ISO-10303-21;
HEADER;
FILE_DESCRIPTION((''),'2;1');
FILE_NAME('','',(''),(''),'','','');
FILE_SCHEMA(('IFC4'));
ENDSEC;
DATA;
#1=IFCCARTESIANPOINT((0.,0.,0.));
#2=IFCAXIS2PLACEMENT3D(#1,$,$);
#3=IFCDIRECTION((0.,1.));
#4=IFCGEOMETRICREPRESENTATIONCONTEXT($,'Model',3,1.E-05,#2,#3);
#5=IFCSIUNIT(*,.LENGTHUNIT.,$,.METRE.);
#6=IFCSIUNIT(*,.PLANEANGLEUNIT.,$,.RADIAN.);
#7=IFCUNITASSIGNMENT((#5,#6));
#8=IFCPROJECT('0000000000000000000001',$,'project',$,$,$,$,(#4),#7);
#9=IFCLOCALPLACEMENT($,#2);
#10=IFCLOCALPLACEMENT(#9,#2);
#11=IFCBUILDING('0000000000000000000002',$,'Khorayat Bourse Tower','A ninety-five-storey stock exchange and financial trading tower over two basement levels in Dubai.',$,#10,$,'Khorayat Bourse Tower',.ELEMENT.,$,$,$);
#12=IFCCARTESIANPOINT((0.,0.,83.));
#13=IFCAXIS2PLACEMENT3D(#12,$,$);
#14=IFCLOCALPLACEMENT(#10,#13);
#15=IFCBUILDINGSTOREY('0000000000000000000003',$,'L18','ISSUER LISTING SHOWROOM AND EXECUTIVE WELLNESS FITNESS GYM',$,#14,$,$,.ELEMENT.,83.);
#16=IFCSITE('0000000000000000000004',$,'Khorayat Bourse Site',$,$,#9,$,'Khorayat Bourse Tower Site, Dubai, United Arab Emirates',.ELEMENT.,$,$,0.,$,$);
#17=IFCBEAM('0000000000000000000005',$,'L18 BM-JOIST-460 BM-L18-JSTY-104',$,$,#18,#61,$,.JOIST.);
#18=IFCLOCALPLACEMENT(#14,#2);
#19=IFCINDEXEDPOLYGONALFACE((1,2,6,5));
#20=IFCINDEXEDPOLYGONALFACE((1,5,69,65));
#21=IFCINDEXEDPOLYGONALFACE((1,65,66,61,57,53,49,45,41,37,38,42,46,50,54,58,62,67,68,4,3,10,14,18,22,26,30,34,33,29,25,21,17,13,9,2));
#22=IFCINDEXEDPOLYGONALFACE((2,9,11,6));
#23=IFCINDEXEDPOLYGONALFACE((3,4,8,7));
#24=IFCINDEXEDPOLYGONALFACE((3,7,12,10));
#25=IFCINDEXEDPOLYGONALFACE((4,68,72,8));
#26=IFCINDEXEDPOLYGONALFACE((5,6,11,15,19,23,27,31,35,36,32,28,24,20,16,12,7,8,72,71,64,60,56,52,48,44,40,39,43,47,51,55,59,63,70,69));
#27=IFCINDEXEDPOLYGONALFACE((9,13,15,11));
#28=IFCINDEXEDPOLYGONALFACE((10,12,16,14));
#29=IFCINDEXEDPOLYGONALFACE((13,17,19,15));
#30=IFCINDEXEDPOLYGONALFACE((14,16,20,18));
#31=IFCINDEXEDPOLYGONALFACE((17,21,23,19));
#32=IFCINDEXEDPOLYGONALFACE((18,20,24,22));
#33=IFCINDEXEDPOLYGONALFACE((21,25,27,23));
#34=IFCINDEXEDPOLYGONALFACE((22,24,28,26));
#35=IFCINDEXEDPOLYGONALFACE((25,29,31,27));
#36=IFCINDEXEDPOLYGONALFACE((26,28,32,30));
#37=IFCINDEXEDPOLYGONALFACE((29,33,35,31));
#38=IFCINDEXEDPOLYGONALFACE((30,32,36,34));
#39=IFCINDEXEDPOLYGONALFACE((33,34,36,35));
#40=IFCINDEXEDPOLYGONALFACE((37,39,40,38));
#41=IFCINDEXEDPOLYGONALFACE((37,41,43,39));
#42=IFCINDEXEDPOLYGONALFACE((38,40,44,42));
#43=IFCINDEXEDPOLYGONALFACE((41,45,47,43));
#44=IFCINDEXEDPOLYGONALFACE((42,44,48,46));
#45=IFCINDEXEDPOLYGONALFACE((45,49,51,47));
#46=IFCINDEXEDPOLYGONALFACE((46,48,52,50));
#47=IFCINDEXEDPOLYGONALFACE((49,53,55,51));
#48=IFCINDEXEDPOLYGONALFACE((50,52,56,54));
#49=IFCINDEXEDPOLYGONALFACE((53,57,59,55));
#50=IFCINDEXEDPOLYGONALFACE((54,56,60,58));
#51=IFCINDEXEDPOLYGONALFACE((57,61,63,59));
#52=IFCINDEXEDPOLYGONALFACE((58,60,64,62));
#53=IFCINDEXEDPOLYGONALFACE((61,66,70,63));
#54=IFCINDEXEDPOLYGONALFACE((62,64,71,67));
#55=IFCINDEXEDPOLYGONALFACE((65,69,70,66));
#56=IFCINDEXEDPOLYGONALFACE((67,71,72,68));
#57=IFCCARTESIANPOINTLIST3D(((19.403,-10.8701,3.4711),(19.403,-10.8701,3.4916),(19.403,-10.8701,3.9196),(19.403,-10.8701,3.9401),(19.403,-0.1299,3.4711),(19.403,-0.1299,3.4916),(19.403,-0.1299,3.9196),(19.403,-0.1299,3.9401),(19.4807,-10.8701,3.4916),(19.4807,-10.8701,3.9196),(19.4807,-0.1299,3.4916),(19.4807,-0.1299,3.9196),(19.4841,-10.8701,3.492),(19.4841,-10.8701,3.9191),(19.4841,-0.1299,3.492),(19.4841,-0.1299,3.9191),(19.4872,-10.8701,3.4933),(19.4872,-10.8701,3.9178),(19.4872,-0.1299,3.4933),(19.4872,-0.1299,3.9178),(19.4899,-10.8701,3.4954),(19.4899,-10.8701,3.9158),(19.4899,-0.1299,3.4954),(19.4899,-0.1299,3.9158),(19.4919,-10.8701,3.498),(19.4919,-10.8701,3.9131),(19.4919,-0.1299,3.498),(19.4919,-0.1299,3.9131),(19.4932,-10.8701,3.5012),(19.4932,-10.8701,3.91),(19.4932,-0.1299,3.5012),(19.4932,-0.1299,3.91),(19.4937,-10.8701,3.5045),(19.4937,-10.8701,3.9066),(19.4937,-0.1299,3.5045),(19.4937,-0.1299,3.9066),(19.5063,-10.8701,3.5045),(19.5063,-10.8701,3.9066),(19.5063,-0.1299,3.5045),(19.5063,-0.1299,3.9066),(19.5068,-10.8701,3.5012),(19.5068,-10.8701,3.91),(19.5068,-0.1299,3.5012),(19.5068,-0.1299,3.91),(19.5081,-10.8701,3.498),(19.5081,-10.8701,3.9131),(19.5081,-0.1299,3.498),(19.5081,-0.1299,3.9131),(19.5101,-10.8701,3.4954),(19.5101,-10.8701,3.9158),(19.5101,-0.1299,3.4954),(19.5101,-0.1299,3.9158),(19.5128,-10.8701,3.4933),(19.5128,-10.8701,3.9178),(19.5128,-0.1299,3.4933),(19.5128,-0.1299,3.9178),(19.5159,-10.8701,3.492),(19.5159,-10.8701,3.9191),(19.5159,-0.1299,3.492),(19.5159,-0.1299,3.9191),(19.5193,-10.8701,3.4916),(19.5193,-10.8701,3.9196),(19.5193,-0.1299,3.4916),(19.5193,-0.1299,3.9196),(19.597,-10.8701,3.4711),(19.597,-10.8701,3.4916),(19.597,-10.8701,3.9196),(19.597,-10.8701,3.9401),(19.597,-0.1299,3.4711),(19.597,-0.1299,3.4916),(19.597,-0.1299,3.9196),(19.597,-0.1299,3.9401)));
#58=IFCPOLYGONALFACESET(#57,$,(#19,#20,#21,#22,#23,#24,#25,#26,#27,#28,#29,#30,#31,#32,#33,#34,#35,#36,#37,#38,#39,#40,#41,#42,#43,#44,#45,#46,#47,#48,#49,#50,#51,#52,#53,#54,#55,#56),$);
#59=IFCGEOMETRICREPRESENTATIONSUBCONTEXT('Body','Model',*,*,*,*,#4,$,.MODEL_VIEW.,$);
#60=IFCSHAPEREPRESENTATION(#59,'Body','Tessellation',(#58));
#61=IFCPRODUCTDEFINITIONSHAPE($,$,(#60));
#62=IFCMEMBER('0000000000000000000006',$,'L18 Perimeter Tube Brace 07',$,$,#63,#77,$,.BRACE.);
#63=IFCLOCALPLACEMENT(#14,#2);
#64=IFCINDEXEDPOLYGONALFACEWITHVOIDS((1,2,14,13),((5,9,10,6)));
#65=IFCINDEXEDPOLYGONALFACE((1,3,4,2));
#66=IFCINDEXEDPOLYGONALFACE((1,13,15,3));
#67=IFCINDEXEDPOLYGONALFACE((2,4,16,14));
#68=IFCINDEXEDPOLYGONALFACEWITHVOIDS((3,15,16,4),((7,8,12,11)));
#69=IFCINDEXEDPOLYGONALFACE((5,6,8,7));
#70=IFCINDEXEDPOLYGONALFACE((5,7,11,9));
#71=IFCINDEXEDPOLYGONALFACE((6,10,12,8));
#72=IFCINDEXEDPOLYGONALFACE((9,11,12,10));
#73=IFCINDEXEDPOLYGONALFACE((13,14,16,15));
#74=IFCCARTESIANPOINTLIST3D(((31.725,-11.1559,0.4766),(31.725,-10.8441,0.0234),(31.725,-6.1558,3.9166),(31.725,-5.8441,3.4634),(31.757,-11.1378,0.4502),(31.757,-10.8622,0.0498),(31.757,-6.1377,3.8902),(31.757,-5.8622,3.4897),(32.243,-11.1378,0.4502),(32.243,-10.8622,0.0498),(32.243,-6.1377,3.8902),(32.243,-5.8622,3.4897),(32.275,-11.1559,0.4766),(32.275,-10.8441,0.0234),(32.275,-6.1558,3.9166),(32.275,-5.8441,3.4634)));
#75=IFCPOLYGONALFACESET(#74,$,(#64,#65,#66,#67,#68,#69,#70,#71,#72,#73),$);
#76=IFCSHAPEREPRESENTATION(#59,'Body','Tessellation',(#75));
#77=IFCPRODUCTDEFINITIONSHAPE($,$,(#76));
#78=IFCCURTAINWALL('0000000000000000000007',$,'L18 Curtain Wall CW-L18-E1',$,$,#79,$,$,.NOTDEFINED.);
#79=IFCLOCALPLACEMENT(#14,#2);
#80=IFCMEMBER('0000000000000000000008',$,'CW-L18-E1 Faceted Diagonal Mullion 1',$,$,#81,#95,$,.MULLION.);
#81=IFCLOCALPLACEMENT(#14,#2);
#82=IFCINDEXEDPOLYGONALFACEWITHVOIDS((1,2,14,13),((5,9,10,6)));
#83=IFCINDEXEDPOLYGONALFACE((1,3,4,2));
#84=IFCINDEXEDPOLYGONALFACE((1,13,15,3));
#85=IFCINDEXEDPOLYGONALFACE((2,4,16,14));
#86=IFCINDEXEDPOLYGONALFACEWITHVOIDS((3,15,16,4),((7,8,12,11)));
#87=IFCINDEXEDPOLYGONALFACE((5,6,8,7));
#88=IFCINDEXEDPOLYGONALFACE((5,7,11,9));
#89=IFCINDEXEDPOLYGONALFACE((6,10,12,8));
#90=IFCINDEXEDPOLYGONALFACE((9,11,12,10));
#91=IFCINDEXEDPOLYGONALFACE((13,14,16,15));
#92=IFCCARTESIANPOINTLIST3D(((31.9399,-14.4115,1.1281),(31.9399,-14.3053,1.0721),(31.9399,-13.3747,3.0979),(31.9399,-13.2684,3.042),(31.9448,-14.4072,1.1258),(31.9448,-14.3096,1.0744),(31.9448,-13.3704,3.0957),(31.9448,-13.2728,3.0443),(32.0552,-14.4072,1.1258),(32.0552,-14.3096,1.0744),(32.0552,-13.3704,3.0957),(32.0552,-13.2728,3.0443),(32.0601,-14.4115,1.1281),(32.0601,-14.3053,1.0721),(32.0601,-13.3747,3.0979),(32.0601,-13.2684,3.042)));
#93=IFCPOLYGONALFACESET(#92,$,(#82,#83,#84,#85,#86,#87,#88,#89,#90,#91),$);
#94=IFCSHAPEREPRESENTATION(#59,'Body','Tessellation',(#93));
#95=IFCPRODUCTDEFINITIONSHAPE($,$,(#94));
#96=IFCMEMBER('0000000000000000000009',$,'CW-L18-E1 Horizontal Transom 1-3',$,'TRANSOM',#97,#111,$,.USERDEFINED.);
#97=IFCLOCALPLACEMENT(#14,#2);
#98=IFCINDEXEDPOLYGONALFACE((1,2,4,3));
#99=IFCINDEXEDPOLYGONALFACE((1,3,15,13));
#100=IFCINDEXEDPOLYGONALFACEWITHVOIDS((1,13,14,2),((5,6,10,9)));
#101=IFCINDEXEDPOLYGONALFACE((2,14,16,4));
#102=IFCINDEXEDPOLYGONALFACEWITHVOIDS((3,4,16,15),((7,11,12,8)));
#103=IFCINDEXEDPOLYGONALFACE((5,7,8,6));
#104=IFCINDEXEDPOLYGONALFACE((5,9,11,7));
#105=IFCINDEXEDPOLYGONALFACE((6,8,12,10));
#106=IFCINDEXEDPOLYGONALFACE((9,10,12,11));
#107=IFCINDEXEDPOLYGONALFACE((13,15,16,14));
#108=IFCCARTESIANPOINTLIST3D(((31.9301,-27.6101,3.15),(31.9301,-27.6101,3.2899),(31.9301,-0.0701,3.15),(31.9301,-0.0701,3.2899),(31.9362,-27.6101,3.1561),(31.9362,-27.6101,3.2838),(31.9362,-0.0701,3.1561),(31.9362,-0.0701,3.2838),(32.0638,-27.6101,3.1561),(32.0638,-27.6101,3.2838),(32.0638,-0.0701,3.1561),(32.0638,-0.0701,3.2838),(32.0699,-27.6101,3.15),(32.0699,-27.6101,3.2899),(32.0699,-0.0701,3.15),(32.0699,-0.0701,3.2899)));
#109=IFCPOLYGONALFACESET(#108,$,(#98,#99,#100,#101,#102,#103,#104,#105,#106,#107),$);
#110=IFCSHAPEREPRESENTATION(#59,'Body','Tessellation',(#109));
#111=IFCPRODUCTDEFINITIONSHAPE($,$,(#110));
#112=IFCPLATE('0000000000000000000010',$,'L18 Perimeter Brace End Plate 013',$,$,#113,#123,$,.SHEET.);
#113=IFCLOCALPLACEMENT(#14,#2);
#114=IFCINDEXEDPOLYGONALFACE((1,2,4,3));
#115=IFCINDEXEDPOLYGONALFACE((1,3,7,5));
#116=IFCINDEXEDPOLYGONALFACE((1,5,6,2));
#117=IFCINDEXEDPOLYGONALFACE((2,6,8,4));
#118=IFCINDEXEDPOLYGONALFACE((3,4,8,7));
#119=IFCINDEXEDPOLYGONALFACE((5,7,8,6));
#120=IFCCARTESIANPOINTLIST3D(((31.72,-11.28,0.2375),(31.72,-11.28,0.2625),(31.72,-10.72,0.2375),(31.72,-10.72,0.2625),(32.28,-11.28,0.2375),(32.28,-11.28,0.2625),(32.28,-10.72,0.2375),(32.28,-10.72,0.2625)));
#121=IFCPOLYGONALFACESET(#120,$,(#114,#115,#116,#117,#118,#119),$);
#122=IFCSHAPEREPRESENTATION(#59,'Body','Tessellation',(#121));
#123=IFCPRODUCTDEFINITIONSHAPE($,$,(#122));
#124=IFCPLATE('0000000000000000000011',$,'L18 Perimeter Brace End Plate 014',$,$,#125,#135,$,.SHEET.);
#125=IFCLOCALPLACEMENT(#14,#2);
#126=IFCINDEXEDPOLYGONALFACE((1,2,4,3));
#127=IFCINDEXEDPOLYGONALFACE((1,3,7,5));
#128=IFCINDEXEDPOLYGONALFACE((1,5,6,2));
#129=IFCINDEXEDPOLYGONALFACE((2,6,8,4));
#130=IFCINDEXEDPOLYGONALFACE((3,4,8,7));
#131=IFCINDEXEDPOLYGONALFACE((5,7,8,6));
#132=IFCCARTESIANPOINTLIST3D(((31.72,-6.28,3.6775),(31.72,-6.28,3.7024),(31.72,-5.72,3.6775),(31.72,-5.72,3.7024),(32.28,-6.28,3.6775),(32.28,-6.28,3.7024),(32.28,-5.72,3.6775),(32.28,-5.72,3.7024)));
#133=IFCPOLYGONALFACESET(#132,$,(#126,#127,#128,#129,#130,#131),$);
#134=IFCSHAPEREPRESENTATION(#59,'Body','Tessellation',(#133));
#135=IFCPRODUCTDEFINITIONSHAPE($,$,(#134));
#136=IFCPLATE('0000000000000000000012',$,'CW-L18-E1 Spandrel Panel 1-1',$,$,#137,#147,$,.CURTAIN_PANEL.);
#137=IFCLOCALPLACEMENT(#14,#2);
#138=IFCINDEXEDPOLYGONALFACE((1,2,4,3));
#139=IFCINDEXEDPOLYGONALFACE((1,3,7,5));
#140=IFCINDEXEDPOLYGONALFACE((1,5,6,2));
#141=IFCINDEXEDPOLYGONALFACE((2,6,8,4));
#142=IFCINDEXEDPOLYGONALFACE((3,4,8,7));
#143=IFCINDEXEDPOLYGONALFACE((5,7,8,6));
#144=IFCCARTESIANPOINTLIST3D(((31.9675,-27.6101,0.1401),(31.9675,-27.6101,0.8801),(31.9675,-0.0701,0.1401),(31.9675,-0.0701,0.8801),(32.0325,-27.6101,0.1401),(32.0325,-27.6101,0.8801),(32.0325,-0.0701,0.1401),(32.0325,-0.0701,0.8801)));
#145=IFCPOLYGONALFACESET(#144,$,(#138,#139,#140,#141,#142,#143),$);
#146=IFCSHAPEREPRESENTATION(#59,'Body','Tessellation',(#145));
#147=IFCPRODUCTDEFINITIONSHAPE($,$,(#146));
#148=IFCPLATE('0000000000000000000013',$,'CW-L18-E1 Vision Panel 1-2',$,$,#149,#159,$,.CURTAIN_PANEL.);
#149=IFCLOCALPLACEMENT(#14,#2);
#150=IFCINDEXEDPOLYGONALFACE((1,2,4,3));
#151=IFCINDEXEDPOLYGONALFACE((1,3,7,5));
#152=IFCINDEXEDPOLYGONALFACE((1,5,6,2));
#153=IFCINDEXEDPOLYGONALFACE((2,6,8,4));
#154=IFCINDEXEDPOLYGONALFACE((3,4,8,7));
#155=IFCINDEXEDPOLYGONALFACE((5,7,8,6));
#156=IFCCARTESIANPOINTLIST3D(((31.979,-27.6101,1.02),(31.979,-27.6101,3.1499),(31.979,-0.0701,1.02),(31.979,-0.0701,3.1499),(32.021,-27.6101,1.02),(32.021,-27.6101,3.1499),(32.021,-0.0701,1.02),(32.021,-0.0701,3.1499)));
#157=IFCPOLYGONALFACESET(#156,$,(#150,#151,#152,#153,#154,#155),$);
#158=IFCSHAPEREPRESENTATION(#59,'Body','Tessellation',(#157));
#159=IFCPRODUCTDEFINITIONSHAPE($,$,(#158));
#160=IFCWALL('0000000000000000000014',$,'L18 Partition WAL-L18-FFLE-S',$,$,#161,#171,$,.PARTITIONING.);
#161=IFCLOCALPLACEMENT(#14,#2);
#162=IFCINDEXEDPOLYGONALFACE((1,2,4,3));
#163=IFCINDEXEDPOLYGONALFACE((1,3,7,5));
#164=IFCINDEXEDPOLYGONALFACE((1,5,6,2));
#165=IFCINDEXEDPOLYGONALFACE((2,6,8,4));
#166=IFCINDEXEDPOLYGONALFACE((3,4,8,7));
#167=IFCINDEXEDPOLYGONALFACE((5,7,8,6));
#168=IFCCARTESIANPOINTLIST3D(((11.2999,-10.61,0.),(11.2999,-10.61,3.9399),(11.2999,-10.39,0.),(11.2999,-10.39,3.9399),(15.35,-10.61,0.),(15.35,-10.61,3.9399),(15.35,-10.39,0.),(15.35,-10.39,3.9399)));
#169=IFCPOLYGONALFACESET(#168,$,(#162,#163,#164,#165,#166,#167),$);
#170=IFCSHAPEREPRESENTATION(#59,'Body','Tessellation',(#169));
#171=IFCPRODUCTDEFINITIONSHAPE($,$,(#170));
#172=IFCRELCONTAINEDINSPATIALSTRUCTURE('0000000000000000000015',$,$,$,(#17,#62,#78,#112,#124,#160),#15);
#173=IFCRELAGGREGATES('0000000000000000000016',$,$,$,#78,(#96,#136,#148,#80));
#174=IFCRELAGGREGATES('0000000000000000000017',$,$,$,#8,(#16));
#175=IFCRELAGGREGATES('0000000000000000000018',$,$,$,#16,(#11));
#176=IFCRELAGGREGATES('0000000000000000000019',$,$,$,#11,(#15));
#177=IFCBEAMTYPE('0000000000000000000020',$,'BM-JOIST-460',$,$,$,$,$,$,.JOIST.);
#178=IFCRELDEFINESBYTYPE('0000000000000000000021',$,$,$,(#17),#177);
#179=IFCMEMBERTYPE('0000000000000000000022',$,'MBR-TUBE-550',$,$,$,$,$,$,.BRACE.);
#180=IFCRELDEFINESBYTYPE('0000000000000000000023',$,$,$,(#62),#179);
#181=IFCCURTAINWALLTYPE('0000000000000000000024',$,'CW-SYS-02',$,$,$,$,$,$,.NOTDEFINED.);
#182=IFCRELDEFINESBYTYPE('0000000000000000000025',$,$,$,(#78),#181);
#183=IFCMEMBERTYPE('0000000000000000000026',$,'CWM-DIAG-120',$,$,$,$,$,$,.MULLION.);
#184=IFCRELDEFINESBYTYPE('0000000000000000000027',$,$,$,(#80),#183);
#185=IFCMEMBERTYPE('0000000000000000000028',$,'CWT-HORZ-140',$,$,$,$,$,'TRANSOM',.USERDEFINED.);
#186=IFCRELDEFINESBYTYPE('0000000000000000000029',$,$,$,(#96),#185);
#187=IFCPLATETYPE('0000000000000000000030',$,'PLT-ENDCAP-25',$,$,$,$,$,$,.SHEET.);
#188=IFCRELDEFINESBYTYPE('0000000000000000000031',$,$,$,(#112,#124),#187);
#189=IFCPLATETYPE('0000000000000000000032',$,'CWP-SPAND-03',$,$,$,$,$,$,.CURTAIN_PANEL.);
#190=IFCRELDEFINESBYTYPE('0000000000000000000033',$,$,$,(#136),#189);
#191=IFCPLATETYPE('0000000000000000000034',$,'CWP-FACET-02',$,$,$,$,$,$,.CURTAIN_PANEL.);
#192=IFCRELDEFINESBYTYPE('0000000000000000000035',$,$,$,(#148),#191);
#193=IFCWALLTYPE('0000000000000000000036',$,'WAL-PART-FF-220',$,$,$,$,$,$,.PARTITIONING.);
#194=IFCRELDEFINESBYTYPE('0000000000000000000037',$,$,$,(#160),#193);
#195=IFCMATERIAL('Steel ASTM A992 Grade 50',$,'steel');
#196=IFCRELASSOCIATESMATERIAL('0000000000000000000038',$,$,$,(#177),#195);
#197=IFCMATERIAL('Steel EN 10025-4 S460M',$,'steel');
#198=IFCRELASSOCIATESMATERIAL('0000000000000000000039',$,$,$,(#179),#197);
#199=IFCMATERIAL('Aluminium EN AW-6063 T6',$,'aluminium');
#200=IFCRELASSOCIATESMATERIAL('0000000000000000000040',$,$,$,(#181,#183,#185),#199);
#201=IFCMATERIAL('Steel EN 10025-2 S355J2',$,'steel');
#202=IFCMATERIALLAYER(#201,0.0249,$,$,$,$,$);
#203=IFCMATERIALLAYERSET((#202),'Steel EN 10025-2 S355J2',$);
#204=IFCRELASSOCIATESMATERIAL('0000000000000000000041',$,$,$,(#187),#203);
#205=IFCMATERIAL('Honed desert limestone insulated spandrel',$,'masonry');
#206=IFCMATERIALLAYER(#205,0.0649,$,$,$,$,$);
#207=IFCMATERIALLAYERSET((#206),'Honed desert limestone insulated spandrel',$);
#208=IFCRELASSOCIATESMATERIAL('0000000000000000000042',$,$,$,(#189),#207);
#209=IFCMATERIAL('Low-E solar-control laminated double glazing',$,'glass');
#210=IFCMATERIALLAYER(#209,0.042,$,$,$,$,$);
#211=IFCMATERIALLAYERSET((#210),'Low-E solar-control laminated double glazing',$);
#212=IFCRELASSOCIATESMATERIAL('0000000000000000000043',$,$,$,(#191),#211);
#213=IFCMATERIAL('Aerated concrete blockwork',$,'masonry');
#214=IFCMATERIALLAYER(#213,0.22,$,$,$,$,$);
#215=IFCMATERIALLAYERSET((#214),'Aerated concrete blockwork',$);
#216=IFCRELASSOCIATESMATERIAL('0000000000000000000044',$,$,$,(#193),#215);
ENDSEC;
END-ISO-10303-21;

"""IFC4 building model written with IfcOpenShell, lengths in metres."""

from ifc_helpers import new_model, si_unit, direction, frame, frame_2d, origin, origin_2d, place, context, subcontext, project, spatial, rectangle, hollow_rectangle, i_section, extrude, source, transform, mapped, material, layer, layer_set, material_profile, profile_set, type_object, element, aggregate, save


model = new_model("IFC4")

# Units and contexts
model_context = context("Model", 3, precision=1e-05, world=origin(), true_north=direction((0.0, 1.0)))
body_context = subcontext(model_context, "Body", "Model", "MODEL_VIEW")
ifc_project = project(units=[si_unit("LENGTHUNIT", "METRE"), si_unit("PLANEANGLEUNIT", "RADIAN")], contexts=[model_context])

# Site, building, storey
site_placement = place(None, origin())
site = spatial("IfcSite", under=ifc_project, at=site_placement, Name="Khorayat Bourse Site", LongName="Khorayat Bourse Tower Site, Dubai, United Arab Emirates", CompositionType="ELEMENT", RefElevation=0.0)
building_placement = place(site_placement, origin())
building = spatial("IfcBuilding", under=site, at=building_placement, Name="Khorayat Bourse Tower", Description="A ninety-five-storey stock exchange and financial trading tower over two basement levels in Dubai.", LongName="Khorayat Bourse Tower", CompositionType="ELEMENT")
storey_placement = place(building_placement, frame((0.0, 0.0, 83.0)))
storey = spatial("IfcBuildingStorey", under=building, at=storey_placement, Name="L18", Description="ISSUER LISTING SHOWROOM AND EXECUTIVE WELLNESS FITNESS GYM", CompositionType="ELEMENT", Elevation=83.0)

# Shared definitions
ifc_material_1 = material(Name="Steel EN 10025-4 S460M", Category="steel")

# Beam
ifc_material_2 = material(Name="Steel ASTM A992 Grade 50", Category="steel")
ifc_material_profile_1 = material_profile(ifc_material_2, i_section(OverallWidth=0.1941, OverallDepth=0.469, WebThickness=0.0127, FlangeThickness=0.0205, FilletRadius=0.0129, at=origin_2d()), Name="W460X106")
ifc_profile_set_1 = profile_set([ifc_material_profile_1], Name="Steel ASTM A992 Grade 50")
beam_type_1 = type_object("IfcBeamType", Name="BM-JOIST-460", PredefinedType="JOIST", material=ifc_profile_set_1)
shared_shape_1 = source(origin(), body_context, "Body", "SweptSolid", [
    extrude(i_section(OverallWidth=0.1941, OverallDepth=0.469, WebThickness=0.0127, FlangeThickness=0.0205, FilletRadius=0.0129, at=origin_2d()), origin(), (0.0, 0.0, 1.0), 10.7402),
])
beam_1_placement = place(storey_placement, frame((19.5, -10.8701, 3.7056), z_axis=(0.0, 1.0, 0.0), x_axis=(-1.0, 0.0, 0.0)))
element("IfcBeam", 1, at=beam_1_placement, inside=storey, type_object=beam_type_1, Name="L18 BM-JOIST-460 BM-L18-JSTY-104", PredefinedType="JOIST", context=body_context, shape_type="MappedRepresentation", body=[
    mapped(shared_shape_1, transform((0.0, 0.0, 0.0), scale=1.0)),
])

# Member
ifc_material_profile_2 = material_profile(ifc_material_1, hollow_rectangle(XDim=0.55, YDim=0.55, WallThickness=0.032, at=origin_2d()), Name="HSS 550x550x32")
ifc_profile_set_2 = profile_set([ifc_material_profile_2], Name="Steel EN 10025-4 S460M")
member_type_1 = type_object("IfcMemberType", Name="MBR-TUBE-550", PredefinedType="BRACE", material=ifc_profile_set_2)
shared_shape_2 = source(origin(), body_context, "Body", "SweptSolid", [
    extrude(hollow_rectangle(XDim=0.55, YDim=0.55, WallThickness=0.032, at=origin_2d()), origin(), (0.0, 0.0, 1.0), 6.0691),
])
member_1_placement = place(storey_placement, frame((32.0, -11.0, 0.25), z_axis=(0.0, 0.823854, 0.566802), x_axis=(-1.0, 0.0, 0.0)))
element("IfcMember", 2, at=member_1_placement, inside=storey, type_object=member_type_1, Name="L18 Perimeter Tube Brace 07", PredefinedType="BRACE", context=body_context, shape_type="MappedRepresentation", body=[
    mapped(shared_shape_2, transform((0.0, 0.0, 0.0), scale=1.0)),
])

# Curtain wall, members
ifc_material_3 = material(Name="Aluminium EN AW-6063 T6", Category="aluminium")
curtain_wall_type = type_object("IfcCurtainWallType", Name="CW-SYS-02", PredefinedType="NOTDEFINED", material=ifc_material_3)
curtain_wall_placement = place(storey_placement, origin())
curtain_wall = element("IfcCurtainWall", 3, at=curtain_wall_placement, inside=storey, type_object=curtain_wall_type, Name="L18 Curtain Wall CW-L18-E1", PredefinedType="NOTDEFINED")
ifc_material_profile_3 = material_profile(ifc_material_3, hollow_rectangle(XDim=0.1201, YDim=0.1201, WallThickness=0.0049, at=origin_2d()), Name="ALU 120x120x5")
ifc_profile_set_3 = profile_set([ifc_material_profile_3], Name="Aluminium EN AW-6063 T6")
member_type_2 = type_object("IfcMemberType", Name="CWM-DIAG-120", PredefinedType="MULLION", material=ifc_profile_set_3)
shared_shape_3 = source(origin(), body_context, "Body", "SweptSolid", [
    extrude(hollow_rectangle(XDim=0.1201, YDim=0.1201, WallThickness=0.0049, at=origin_2d()), origin(), (0.0, 0.0, 1.0), 2.2261),
])
member_2_placement = place(storey_placement, frame((32.0, -14.3584, 1.1001), z_axis=(0.0, 0.46576, 0.884911), x_axis=(-1.0, 0.0, 0.0)))
member_2 = element("IfcMember", 4, at=member_2_placement, type_object=member_type_2, Name="CW-L18-E1 Faceted Diagonal Mullion 1", PredefinedType="MULLION", context=body_context, shape_type="MappedRepresentation", body=[
    mapped(shared_shape_3, transform((0.0, 0.0, 0.0), scale=1.0)),
])
ifc_material_profile_4 = material_profile(ifc_material_3, hollow_rectangle(XDim=0.1399, YDim=0.1399, WallThickness=0.0061, at=origin_2d()), Name="ALU 140x140x6")
ifc_profile_set_4 = profile_set([ifc_material_profile_4], Name="Aluminium EN AW-6063 T6")
member_type_3 = type_object("IfcMemberType", Name="CWT-HORZ-140", ElementType="TRANSOM", PredefinedType="USERDEFINED", material=ifc_profile_set_4)
shared_shape_4 = source(origin(), body_context, "Body", "SweptSolid", [
    extrude(hollow_rectangle(XDim=0.1399, YDim=0.1399, WallThickness=0.0061, at=origin_2d()), origin(), (0.0, 0.0, 1.0), 27.54),
])
member_3_placement = place(storey_placement, frame((32.0, -27.6101, 3.22), z_axis=(0.0, 1.0, 0.0), x_axis=(-1.0, 0.0, 0.0)))
member_3 = element("IfcMember", 5, at=member_3_placement, type_object=member_type_3, Name="CW-L18-E1 Horizontal Transom 1-3", ObjectType="TRANSOM", PredefinedType="USERDEFINED", context=body_context, shape_type="MappedRepresentation", body=[
    mapped(shared_shape_4, transform((0.0, 0.0, 0.0), scale=1.0)),
])

# Plates
ifc_material_4 = material(Name="Steel EN 10025-2 S355J2", Category="steel")
ifc_layer_1 = layer(ifc_material_4, 0.0249)
ifc_layer_set_1 = layer_set([ifc_layer_1], Name="Steel EN 10025-2 S355J2")
plate_type_1 = type_object("IfcPlateType", Name="PLT-ENDCAP-25", PredefinedType="SHEET", material=ifc_layer_set_1)
shared_shape_5 = source(origin(), body_context, "Body", "SweptSolid", [
    extrude(rectangle(XDim=0.5601, YDim=0.5601, at=origin_2d()), origin(), (0.0, 0.0, 1.0), 0.0249),
])
for number, where, z_axis, x_axis, name in (
    (6, (32.0, -11.0, 0.2375), (0.0, 0.0, 1.0), (1.0, 0.0, 0.0), "L18 Perimeter Brace End Plate 013"),
    (7, (32.0, -6.0, 3.6775), (0.0, 0.0, 1.0), (1.0, 0.0, 0.0), "L18 Perimeter Brace End Plate 014"),
):
    element("IfcPlate", number, at=place(storey_placement, frame(where, z_axis=z_axis, x_axis=x_axis)), inside=storey, type_object=plate_type_1, Name=name, PredefinedType="SHEET", context=body_context, shape_type="MappedRepresentation", body=[
        mapped(shared_shape_5, transform((0.0, 0.0, 0.0), scale=1.0)),
    ])

# Plates
ifc_material_5 = material(Name="Honed desert limestone insulated spandrel", Category="masonry")
ifc_layer_2 = layer(ifc_material_5, 0.0649)
ifc_layer_set_2 = layer_set([ifc_layer_2], Name="Honed desert limestone insulated spandrel")
plate_type_2 = type_object("IfcPlateType", Name="CWP-SPAND-03", PredefinedType="CURTAIN_PANEL", material=ifc_layer_set_2)
shared_shape_6 = source(origin(), body_context, "Body", "SweptSolid", [
    extrude(rectangle(XDim=27.54, YDim=0.0649, at=origin_2d()), origin(), (0.0, 0.0, 1.0), 0.74),
])
plate_1_placement = place(storey_placement, frame((32.0, -13.8401, 0.1401), z_axis=(0.0, 0.0, 1.0), x_axis=(0.0, 1.0, 0.0)))
plate_1 = element("IfcPlate", 8, at=plate_1_placement, type_object=plate_type_2, Name="CW-L18-E1 Spandrel Panel 1-1", PredefinedType="CURTAIN_PANEL", context=body_context, shape_type="MappedRepresentation", body=[
    mapped(shared_shape_6, transform((0.0, 0.0, 0.0), scale=1.0)),
])
ifc_material_6 = material(Name="Low-E solar-control laminated double glazing", Category="glass")
ifc_layer_3 = layer(ifc_material_6, 0.042)
ifc_layer_set_3 = layer_set([ifc_layer_3], Name="Low-E solar-control laminated double glazing")
plate_type_3 = type_object("IfcPlateType", Name="CWP-FACET-02", PredefinedType="CURTAIN_PANEL", material=ifc_layer_set_3)
shared_shape_7 = source(origin(), body_context, "Body", "SweptSolid", [
    extrude(rectangle(XDim=27.54, YDim=0.042, at=origin_2d()), origin(), (0.0, 0.0, 1.0), 2.1299),
])
plate_2_placement = place(storey_placement, frame((32.0, -13.8401, 1.02), z_axis=(0.0, 0.0, 1.0), x_axis=(0.0, 1.0, 0.0)))
plate_2 = element("IfcPlate", 9, at=plate_2_placement, type_object=plate_type_3, Name="CW-L18-E1 Vision Panel 1-2", PredefinedType="CURTAIN_PANEL", context=body_context, shape_type="MappedRepresentation", body=[
    mapped(shared_shape_7, transform((0.0, 0.0, 0.0), scale=1.0)),
])
aggregate(curtain_wall, [member_3, plate_1, plate_2, member_2])

# Wall
ifc_material_7 = material(Name="Aerated concrete blockwork", Category="masonry")
ifc_layer_4 = layer(ifc_material_7, 0.22)
ifc_layer_set_4 = layer_set([ifc_layer_4], Name="Aerated concrete blockwork")
wall_type_1 = type_object("IfcWallType", Name="WAL-PART-FF-220", PredefinedType="PARTITIONING", material=ifc_layer_set_4)
shared_shape_8 = source(origin(), body_context, "Body", "SweptSolid", [
    extrude(rectangle(XDim=4.05, YDim=0.22, at=frame_2d((2.0249, 0.0))), origin(), (0.0, 0.0, 1.0), 3.9399),
])
wall_1_placement = place(storey_placement, frame((11.3, -10.5, 0.0), z_axis=(0.0, 0.0, 1.0), x_axis=(1.0, 0.0, 0.0)))
element("IfcWall", 10, at=wall_1_placement, inside=storey, type_object=wall_type_1, Name="L18 Partition WAL-L18-FFLE-S", PredefinedType="PARTITIONING", context=body_context, shape_type="MappedRepresentation", body=[
    mapped(shared_shape_8, transform((0.0, 0.0, 0.0), scale=1.0)),
])

save(model, "model.ifc")
